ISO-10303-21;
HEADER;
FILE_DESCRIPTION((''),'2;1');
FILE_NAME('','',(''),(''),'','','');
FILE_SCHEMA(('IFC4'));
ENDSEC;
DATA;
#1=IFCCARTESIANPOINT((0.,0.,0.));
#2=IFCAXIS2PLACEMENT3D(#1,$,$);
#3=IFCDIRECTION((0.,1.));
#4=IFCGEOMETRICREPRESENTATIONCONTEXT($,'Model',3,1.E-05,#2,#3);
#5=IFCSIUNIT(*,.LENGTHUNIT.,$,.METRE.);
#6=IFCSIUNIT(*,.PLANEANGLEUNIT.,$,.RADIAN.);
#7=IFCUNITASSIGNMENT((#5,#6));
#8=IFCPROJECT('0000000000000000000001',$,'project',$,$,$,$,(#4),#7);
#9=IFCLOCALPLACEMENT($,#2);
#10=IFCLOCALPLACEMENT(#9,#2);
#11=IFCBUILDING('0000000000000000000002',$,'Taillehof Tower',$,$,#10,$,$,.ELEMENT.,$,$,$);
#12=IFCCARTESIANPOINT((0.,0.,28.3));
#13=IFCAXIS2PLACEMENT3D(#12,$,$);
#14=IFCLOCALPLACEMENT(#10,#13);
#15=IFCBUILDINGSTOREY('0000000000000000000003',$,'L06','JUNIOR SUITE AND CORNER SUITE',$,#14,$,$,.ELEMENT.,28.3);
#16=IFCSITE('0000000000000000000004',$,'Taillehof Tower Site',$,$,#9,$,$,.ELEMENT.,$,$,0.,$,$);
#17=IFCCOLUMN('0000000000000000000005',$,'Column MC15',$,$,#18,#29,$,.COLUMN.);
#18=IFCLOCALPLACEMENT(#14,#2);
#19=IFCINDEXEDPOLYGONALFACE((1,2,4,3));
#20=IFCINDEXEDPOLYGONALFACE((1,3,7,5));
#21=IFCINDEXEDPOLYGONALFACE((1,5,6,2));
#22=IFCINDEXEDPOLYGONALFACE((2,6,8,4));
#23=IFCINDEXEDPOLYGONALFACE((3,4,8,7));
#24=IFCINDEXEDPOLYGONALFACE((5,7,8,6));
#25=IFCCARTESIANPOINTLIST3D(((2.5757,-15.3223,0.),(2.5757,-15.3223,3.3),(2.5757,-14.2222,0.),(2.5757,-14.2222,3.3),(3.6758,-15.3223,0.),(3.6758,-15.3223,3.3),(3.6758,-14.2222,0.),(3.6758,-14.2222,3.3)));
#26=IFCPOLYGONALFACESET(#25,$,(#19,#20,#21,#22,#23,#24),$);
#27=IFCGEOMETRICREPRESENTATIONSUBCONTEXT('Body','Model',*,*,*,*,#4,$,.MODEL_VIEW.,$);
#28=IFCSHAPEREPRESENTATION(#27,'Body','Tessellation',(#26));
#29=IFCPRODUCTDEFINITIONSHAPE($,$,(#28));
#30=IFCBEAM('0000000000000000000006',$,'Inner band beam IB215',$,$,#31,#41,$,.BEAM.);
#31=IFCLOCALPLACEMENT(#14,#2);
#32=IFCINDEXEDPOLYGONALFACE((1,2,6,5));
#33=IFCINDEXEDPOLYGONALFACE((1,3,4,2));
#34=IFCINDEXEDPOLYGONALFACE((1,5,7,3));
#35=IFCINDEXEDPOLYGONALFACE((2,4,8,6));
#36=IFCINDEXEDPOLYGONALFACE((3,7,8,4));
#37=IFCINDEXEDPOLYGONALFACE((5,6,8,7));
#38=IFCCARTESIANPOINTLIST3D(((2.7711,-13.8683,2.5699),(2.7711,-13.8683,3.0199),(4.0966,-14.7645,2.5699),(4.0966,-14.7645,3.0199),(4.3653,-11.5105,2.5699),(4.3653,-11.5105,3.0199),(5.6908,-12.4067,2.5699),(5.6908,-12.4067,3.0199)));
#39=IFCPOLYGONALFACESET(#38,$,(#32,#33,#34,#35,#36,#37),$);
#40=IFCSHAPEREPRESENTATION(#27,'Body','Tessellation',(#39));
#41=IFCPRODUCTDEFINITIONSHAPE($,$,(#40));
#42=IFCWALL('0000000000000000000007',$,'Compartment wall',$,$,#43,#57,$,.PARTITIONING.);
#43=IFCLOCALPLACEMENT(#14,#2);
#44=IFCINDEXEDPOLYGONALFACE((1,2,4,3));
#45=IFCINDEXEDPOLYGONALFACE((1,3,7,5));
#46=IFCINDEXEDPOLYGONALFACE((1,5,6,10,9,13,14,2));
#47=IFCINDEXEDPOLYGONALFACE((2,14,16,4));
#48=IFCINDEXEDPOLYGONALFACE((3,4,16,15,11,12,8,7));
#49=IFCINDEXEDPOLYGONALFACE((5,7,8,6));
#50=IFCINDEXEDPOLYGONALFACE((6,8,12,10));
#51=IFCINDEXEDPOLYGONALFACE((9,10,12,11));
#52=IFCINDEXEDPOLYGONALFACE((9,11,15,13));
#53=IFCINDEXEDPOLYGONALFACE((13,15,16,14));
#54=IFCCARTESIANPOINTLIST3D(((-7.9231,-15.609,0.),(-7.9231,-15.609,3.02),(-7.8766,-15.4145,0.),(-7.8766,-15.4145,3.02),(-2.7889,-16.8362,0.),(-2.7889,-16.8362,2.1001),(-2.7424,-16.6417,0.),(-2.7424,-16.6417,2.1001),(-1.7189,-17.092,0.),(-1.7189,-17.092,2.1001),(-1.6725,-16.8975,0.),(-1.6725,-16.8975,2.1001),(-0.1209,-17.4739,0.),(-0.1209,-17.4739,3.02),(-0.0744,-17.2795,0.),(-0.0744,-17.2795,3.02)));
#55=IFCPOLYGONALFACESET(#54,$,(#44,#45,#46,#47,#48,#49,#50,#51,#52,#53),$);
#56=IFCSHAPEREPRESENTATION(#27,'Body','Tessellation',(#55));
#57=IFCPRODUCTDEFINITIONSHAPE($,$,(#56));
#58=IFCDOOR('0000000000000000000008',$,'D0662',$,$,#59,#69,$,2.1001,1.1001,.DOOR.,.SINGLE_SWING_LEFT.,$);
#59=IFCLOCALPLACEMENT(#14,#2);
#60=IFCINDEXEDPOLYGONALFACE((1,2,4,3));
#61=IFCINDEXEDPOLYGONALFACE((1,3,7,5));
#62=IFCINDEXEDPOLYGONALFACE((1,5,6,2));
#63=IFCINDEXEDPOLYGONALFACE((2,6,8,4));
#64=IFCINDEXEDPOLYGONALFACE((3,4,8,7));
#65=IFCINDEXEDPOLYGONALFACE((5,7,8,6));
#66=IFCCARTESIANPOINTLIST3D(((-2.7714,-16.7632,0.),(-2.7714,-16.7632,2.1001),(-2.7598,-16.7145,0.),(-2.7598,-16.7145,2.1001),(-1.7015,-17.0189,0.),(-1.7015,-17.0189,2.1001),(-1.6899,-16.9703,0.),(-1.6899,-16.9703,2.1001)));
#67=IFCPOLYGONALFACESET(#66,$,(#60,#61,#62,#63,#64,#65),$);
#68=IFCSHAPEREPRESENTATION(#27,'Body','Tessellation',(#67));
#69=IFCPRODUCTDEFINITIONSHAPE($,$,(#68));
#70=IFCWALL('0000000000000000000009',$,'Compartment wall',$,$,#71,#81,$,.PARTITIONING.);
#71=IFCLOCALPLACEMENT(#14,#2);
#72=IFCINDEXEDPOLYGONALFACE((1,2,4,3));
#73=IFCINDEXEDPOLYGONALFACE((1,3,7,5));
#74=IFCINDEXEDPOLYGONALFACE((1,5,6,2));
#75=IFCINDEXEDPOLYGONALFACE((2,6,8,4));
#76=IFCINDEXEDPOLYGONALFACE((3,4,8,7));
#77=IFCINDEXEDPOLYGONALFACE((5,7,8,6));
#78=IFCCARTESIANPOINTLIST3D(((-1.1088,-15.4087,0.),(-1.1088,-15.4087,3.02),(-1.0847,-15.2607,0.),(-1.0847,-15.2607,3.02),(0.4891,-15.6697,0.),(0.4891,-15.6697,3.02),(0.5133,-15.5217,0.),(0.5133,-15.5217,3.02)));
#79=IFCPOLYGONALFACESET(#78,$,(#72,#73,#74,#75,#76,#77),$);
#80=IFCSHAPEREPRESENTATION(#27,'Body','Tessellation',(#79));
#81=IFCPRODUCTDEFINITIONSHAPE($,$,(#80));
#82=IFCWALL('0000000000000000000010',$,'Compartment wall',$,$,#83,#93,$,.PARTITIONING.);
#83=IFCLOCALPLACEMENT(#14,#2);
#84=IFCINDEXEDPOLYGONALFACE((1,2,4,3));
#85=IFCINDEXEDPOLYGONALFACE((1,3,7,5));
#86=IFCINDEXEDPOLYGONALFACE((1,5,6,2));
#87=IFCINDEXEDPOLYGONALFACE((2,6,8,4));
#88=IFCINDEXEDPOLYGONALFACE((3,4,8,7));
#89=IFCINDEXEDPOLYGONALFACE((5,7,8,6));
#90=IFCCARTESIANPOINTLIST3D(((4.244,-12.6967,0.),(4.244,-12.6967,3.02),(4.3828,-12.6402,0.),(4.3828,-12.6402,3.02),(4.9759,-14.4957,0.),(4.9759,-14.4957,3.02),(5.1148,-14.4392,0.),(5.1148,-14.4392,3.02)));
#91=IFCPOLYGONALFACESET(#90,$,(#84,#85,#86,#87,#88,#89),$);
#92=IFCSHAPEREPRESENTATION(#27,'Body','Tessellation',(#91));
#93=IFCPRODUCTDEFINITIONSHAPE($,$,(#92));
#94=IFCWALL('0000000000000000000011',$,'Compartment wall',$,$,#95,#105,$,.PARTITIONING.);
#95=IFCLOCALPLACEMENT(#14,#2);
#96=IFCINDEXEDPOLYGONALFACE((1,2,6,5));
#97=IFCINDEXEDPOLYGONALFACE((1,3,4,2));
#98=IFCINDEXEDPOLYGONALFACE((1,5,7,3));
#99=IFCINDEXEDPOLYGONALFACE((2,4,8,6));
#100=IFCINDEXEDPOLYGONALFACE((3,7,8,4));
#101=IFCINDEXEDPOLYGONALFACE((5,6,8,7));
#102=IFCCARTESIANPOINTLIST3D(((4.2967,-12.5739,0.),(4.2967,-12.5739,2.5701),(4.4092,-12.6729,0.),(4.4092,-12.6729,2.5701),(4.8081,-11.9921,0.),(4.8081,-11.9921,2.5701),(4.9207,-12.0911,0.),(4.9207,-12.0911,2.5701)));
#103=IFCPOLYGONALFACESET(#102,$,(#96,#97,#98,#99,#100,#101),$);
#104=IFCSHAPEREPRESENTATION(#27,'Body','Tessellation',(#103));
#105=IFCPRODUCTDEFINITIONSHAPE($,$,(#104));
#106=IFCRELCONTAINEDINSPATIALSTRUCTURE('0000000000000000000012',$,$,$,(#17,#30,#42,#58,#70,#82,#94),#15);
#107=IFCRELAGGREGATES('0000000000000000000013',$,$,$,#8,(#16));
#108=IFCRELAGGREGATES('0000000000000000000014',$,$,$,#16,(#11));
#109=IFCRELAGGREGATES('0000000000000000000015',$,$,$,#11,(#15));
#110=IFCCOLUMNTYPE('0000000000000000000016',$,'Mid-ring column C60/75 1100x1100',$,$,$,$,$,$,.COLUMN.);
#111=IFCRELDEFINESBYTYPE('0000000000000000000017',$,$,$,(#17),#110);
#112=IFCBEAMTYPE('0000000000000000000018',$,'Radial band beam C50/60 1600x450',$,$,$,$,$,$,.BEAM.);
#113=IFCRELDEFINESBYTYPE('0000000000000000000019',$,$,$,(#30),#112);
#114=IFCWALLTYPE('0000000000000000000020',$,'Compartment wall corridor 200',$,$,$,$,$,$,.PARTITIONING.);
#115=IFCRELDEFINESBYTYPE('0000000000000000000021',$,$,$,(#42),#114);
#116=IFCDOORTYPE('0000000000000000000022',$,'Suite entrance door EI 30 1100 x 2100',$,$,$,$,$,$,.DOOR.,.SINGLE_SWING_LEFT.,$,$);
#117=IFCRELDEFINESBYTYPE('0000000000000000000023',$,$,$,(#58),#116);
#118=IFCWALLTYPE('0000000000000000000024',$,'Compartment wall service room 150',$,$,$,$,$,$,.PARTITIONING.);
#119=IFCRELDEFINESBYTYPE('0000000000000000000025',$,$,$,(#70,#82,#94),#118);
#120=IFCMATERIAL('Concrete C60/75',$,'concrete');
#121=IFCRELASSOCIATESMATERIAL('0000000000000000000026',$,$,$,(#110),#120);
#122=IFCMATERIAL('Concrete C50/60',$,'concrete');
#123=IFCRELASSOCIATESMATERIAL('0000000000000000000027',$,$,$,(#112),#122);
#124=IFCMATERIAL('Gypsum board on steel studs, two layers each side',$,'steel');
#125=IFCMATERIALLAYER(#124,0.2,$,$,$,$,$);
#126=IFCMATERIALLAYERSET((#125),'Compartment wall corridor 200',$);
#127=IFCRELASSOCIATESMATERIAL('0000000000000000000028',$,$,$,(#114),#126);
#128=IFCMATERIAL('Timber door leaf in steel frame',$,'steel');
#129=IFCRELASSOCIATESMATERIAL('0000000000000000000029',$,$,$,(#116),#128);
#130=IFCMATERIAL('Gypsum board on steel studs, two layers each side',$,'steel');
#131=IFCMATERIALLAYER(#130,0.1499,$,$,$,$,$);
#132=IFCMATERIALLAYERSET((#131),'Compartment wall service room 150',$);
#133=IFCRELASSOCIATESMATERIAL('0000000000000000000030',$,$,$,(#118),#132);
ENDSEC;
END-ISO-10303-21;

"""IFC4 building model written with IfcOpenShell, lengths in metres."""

from ifc_helpers import new_model, si_unit, direction, frame, frame_2d, origin, origin_2d, place, context, subcontext, project, spatial, rectangle, extrude, material, layer, layer_set, material_profile, profile_set, type_object, element, fill, save


model = new_model("IFC4")

# Units and contexts
model_context = context("Model", 3, precision=1e-05, world=origin(), true_north=direction((0.0, 1.0)))
body_context = subcontext(model_context, "Body", "Model", "MODEL_VIEW")
ifc_project = project(units=[si_unit("LENGTHUNIT", "METRE"), si_unit("PLANEANGLEUNIT", "RADIAN")], contexts=[model_context])

# Site, building, storey
site_placement = place(None, origin())
site = spatial("IfcSite", under=ifc_project, at=site_placement, Name="Taillehof Tower Site", CompositionType="ELEMENT", RefElevation=0.0)
building_placement = place(site_placement, origin())
building = spatial("IfcBuilding", under=site, at=building_placement, Name="Taillehof Tower", CompositionType="ELEMENT")
storey_placement = place(building_placement, frame((0.0, 0.0, 28.3)))
storey = spatial("IfcBuildingStorey", under=building, at=storey_placement, Name="L06", Description="JUNIOR SUITE AND CORNER SUITE", CompositionType="ELEMENT", Elevation=28.3)

# Column
ifc_material_1 = material(Name="Concrete C60/75", Category="concrete")
ifc_material_profile_1 = material_profile(ifc_material_1, rectangle(XDim=1.1001, YDim=1.1001, at=origin_2d()), Name="RC 1100x1100")
ifc_profile_set_1 = profile_set([ifc_material_profile_1], Name="Concrete C60/75")
column_type = type_object("IfcColumnType", Name="Mid-ring column C60/75 1100x1100", PredefinedType="COLUMN", material=ifc_profile_set_1)
column_placement = place(storey_placement, frame((3.1257, -14.7722, 0.0), z_axis=(0.0, 0.0, 1.0), x_axis=(1.0, 0.0, 0.0)))
element("IfcColumn", 1, at=column_placement, inside=storey, type_object=column_type, Name="Column MC15", PredefinedType="COLUMN", context=body_context, shape_type="SweptSolid", body=[
    extrude(rectangle(XDim=1.1001, YDim=1.1001, at=origin_2d()), origin(), (0.0, 0.0, 1.0), 3.3),
])

# Beam
ifc_material_2 = material(Name="Concrete C50/60", Category="concrete")
ifc_material_profile_2 = material_profile(ifc_material_2, rectangle(XDim=1.6001, YDim=0.45, at=origin_2d()), Name="RC 1600x450")
ifc_profile_set_2 = profile_set([ifc_material_profile_2], Name="Concrete C50/60")
beam_type = type_object("IfcBeamType", Name="Radial band beam C50/60 1600x450", PredefinedType="BEAM", material=ifc_profile_set_2)
beam_placement = place(storey_placement, frame((3.4338, -14.3164, 2.7949), z_axis=(0.560112, 0.828417, 0.0), x_axis=(-0.828417, 0.560112, 0.0)))
element("IfcBeam", 2, at=beam_placement, inside=storey, type_object=beam_type, Name="Inner band beam IB215", PredefinedType="BEAM", context=body_context, shape_type="SweptSolid", body=[
    extrude(rectangle(XDim=1.6001, YDim=0.45, at=origin_2d()), origin(), (0.0, 0.0, 1.0), 2.8462),
])

# Wall, opening, door
ifc_material_3 = material(Name="Gypsum board on steel studs, two layers each side", Category="steel")
ifc_layer_1 = layer(ifc_material_3, 0.2)
ifc_layer_set_1 = layer_set([ifc_layer_1], Name="Compartment wall corridor 200")
wall_type_1 = type_object("IfcWallType", Name="Compartment wall corridor 200", PredefinedType="PARTITIONING", material=ifc_layer_set_1)
wall_1_placement = place(storey_placement, frame((-0.0977, -17.3767, 0.0), z_axis=(0.0, 0.0, 1.0), x_axis=(-0.9726, 0.232483, 0.0)))
wall_1 = element("IfcWall", 3, at=wall_1_placement, inside=storey, type_object=wall_type_1, Name="Compartment wall", PredefinedType="PARTITIONING", context=body_context, shape_type="SweptSolid", body=[
    extrude(rectangle(XDim=8.022, YDim=0.2, at=frame_2d((4.011, 0.0))), origin(), (0.0, 0.0, 1.0), 3.02),
])
opening_1_placement = place(wall_1_placement, frame((1.6431, 0.0, 0.0)))
opening_1 = element("IfcOpeningElement", 4, at=opening_1_placement, cuts=wall_1, PredefinedType="OPENING", context=body_context, shape_type="SweptSolid", body=[
    extrude(rectangle(XDim=1.1001, YDim=2.1001, at=frame_2d((0.55, 1.05))), frame((0.0, 0.1099, 0.0), z_axis=(0.0, -1.0, 0.0), x_axis=(1.0, 0.0, 0.0)), (0.0, 0.0, 1.0), 0.22),
])
ifc_material_4 = material(Name="Timber door leaf in steel frame", Category="steel")
door_type_1 = type_object("IfcDoorType", Name="Suite entrance door EI 30 1100 x 2100", OperationType="SINGLE_SWING_LEFT", PredefinedType="DOOR", material=ifc_material_4)
door_1_placement = place(opening_1_placement, origin())
door_1 = element("IfcDoor", 5, at=door_1_placement, inside=storey, type_object=door_type_1, Name="D0662", OperationType="SINGLE_SWING_LEFT", OverallHeight=2.1001, OverallWidth=1.1001, PredefinedType="DOOR", context=body_context, shape_type="SweptSolid", body=[
    extrude(rectangle(XDim=1.1001, YDim=2.1001, at=frame_2d((0.55, 1.05))), frame((0.0, 0.0249, 0.0), z_axis=(0.0, -1.0, 0.0), x_axis=(1.0, 0.0, 0.0)), (0.0, 0.0, 1.0), 0.05),
])
fill(opening_1, door_1)

# Walls
ifc_material_5 = material(Name="Gypsum board on steel studs, two layers each side", Category="steel")
ifc_layer_2 = layer(ifc_material_5, 0.1499)
ifc_layer_set_2 = layer_set([ifc_layer_2], Name="Compartment wall service room 150")
wall_type_2 = type_object("IfcWallType", Name="Compartment wall service room 150", PredefinedType="PARTITIONING", material=ifc_layer_set_2)
wall_2_placement = place(storey_placement, frame((0.5012, -15.5957, 0.0), z_axis=(0.0, 0.0, 1.0), x_axis=(-0.986923, 0.161195, 0.0)))
element("IfcWall", 6, at=wall_2_placement, inside=storey, type_object=wall_type_2, Name="Compartment wall", PredefinedType="PARTITIONING", context=body_context, shape_type="SweptSolid", body=[
    extrude(rectangle(XDim=1.6191, YDim=0.1499, at=frame_2d((0.8096, 0.0))), origin(), (0.0, 0.0, 1.0), 3.02),
])
wall_3_placement = place(storey_placement, frame((5.0454, -14.4675, 0.0), z_axis=(0.0, 0.0, 1.0), x_axis=(-0.37689, 0.926258, 0.0)))
element("IfcWall", 7, at=wall_3_placement, inside=storey, type_object=wall_type_2, Name="Compartment wall", PredefinedType="PARTITIONING", context=body_context, shape_type="SweptSolid", body=[
    extrude(rectangle(XDim=1.9421, YDim=0.1499, at=frame_2d((0.9712, 0.0))), origin(), (0.0, 0.0, 1.0), 3.02),
])
wall_4_placement = place(storey_placement, frame((4.353, -12.6233, 0.0), z_axis=(0.0, 0.0, 1.0), x_axis=(0.660265, 0.751032, 0.0)))
element("IfcWall", 8, at=wall_4_placement, inside=storey, type_object=wall_type_2, Name="Compartment wall", PredefinedType="PARTITIONING", context=body_context, shape_type="SweptSolid", body=[
    extrude(rectangle(XDim=0.7747, YDim=0.1499, at=frame_2d((0.3872, 0.0))), origin(), (0.0, 0.0, 1.0), 2.5701),
])

save(model, "model.ifc")
